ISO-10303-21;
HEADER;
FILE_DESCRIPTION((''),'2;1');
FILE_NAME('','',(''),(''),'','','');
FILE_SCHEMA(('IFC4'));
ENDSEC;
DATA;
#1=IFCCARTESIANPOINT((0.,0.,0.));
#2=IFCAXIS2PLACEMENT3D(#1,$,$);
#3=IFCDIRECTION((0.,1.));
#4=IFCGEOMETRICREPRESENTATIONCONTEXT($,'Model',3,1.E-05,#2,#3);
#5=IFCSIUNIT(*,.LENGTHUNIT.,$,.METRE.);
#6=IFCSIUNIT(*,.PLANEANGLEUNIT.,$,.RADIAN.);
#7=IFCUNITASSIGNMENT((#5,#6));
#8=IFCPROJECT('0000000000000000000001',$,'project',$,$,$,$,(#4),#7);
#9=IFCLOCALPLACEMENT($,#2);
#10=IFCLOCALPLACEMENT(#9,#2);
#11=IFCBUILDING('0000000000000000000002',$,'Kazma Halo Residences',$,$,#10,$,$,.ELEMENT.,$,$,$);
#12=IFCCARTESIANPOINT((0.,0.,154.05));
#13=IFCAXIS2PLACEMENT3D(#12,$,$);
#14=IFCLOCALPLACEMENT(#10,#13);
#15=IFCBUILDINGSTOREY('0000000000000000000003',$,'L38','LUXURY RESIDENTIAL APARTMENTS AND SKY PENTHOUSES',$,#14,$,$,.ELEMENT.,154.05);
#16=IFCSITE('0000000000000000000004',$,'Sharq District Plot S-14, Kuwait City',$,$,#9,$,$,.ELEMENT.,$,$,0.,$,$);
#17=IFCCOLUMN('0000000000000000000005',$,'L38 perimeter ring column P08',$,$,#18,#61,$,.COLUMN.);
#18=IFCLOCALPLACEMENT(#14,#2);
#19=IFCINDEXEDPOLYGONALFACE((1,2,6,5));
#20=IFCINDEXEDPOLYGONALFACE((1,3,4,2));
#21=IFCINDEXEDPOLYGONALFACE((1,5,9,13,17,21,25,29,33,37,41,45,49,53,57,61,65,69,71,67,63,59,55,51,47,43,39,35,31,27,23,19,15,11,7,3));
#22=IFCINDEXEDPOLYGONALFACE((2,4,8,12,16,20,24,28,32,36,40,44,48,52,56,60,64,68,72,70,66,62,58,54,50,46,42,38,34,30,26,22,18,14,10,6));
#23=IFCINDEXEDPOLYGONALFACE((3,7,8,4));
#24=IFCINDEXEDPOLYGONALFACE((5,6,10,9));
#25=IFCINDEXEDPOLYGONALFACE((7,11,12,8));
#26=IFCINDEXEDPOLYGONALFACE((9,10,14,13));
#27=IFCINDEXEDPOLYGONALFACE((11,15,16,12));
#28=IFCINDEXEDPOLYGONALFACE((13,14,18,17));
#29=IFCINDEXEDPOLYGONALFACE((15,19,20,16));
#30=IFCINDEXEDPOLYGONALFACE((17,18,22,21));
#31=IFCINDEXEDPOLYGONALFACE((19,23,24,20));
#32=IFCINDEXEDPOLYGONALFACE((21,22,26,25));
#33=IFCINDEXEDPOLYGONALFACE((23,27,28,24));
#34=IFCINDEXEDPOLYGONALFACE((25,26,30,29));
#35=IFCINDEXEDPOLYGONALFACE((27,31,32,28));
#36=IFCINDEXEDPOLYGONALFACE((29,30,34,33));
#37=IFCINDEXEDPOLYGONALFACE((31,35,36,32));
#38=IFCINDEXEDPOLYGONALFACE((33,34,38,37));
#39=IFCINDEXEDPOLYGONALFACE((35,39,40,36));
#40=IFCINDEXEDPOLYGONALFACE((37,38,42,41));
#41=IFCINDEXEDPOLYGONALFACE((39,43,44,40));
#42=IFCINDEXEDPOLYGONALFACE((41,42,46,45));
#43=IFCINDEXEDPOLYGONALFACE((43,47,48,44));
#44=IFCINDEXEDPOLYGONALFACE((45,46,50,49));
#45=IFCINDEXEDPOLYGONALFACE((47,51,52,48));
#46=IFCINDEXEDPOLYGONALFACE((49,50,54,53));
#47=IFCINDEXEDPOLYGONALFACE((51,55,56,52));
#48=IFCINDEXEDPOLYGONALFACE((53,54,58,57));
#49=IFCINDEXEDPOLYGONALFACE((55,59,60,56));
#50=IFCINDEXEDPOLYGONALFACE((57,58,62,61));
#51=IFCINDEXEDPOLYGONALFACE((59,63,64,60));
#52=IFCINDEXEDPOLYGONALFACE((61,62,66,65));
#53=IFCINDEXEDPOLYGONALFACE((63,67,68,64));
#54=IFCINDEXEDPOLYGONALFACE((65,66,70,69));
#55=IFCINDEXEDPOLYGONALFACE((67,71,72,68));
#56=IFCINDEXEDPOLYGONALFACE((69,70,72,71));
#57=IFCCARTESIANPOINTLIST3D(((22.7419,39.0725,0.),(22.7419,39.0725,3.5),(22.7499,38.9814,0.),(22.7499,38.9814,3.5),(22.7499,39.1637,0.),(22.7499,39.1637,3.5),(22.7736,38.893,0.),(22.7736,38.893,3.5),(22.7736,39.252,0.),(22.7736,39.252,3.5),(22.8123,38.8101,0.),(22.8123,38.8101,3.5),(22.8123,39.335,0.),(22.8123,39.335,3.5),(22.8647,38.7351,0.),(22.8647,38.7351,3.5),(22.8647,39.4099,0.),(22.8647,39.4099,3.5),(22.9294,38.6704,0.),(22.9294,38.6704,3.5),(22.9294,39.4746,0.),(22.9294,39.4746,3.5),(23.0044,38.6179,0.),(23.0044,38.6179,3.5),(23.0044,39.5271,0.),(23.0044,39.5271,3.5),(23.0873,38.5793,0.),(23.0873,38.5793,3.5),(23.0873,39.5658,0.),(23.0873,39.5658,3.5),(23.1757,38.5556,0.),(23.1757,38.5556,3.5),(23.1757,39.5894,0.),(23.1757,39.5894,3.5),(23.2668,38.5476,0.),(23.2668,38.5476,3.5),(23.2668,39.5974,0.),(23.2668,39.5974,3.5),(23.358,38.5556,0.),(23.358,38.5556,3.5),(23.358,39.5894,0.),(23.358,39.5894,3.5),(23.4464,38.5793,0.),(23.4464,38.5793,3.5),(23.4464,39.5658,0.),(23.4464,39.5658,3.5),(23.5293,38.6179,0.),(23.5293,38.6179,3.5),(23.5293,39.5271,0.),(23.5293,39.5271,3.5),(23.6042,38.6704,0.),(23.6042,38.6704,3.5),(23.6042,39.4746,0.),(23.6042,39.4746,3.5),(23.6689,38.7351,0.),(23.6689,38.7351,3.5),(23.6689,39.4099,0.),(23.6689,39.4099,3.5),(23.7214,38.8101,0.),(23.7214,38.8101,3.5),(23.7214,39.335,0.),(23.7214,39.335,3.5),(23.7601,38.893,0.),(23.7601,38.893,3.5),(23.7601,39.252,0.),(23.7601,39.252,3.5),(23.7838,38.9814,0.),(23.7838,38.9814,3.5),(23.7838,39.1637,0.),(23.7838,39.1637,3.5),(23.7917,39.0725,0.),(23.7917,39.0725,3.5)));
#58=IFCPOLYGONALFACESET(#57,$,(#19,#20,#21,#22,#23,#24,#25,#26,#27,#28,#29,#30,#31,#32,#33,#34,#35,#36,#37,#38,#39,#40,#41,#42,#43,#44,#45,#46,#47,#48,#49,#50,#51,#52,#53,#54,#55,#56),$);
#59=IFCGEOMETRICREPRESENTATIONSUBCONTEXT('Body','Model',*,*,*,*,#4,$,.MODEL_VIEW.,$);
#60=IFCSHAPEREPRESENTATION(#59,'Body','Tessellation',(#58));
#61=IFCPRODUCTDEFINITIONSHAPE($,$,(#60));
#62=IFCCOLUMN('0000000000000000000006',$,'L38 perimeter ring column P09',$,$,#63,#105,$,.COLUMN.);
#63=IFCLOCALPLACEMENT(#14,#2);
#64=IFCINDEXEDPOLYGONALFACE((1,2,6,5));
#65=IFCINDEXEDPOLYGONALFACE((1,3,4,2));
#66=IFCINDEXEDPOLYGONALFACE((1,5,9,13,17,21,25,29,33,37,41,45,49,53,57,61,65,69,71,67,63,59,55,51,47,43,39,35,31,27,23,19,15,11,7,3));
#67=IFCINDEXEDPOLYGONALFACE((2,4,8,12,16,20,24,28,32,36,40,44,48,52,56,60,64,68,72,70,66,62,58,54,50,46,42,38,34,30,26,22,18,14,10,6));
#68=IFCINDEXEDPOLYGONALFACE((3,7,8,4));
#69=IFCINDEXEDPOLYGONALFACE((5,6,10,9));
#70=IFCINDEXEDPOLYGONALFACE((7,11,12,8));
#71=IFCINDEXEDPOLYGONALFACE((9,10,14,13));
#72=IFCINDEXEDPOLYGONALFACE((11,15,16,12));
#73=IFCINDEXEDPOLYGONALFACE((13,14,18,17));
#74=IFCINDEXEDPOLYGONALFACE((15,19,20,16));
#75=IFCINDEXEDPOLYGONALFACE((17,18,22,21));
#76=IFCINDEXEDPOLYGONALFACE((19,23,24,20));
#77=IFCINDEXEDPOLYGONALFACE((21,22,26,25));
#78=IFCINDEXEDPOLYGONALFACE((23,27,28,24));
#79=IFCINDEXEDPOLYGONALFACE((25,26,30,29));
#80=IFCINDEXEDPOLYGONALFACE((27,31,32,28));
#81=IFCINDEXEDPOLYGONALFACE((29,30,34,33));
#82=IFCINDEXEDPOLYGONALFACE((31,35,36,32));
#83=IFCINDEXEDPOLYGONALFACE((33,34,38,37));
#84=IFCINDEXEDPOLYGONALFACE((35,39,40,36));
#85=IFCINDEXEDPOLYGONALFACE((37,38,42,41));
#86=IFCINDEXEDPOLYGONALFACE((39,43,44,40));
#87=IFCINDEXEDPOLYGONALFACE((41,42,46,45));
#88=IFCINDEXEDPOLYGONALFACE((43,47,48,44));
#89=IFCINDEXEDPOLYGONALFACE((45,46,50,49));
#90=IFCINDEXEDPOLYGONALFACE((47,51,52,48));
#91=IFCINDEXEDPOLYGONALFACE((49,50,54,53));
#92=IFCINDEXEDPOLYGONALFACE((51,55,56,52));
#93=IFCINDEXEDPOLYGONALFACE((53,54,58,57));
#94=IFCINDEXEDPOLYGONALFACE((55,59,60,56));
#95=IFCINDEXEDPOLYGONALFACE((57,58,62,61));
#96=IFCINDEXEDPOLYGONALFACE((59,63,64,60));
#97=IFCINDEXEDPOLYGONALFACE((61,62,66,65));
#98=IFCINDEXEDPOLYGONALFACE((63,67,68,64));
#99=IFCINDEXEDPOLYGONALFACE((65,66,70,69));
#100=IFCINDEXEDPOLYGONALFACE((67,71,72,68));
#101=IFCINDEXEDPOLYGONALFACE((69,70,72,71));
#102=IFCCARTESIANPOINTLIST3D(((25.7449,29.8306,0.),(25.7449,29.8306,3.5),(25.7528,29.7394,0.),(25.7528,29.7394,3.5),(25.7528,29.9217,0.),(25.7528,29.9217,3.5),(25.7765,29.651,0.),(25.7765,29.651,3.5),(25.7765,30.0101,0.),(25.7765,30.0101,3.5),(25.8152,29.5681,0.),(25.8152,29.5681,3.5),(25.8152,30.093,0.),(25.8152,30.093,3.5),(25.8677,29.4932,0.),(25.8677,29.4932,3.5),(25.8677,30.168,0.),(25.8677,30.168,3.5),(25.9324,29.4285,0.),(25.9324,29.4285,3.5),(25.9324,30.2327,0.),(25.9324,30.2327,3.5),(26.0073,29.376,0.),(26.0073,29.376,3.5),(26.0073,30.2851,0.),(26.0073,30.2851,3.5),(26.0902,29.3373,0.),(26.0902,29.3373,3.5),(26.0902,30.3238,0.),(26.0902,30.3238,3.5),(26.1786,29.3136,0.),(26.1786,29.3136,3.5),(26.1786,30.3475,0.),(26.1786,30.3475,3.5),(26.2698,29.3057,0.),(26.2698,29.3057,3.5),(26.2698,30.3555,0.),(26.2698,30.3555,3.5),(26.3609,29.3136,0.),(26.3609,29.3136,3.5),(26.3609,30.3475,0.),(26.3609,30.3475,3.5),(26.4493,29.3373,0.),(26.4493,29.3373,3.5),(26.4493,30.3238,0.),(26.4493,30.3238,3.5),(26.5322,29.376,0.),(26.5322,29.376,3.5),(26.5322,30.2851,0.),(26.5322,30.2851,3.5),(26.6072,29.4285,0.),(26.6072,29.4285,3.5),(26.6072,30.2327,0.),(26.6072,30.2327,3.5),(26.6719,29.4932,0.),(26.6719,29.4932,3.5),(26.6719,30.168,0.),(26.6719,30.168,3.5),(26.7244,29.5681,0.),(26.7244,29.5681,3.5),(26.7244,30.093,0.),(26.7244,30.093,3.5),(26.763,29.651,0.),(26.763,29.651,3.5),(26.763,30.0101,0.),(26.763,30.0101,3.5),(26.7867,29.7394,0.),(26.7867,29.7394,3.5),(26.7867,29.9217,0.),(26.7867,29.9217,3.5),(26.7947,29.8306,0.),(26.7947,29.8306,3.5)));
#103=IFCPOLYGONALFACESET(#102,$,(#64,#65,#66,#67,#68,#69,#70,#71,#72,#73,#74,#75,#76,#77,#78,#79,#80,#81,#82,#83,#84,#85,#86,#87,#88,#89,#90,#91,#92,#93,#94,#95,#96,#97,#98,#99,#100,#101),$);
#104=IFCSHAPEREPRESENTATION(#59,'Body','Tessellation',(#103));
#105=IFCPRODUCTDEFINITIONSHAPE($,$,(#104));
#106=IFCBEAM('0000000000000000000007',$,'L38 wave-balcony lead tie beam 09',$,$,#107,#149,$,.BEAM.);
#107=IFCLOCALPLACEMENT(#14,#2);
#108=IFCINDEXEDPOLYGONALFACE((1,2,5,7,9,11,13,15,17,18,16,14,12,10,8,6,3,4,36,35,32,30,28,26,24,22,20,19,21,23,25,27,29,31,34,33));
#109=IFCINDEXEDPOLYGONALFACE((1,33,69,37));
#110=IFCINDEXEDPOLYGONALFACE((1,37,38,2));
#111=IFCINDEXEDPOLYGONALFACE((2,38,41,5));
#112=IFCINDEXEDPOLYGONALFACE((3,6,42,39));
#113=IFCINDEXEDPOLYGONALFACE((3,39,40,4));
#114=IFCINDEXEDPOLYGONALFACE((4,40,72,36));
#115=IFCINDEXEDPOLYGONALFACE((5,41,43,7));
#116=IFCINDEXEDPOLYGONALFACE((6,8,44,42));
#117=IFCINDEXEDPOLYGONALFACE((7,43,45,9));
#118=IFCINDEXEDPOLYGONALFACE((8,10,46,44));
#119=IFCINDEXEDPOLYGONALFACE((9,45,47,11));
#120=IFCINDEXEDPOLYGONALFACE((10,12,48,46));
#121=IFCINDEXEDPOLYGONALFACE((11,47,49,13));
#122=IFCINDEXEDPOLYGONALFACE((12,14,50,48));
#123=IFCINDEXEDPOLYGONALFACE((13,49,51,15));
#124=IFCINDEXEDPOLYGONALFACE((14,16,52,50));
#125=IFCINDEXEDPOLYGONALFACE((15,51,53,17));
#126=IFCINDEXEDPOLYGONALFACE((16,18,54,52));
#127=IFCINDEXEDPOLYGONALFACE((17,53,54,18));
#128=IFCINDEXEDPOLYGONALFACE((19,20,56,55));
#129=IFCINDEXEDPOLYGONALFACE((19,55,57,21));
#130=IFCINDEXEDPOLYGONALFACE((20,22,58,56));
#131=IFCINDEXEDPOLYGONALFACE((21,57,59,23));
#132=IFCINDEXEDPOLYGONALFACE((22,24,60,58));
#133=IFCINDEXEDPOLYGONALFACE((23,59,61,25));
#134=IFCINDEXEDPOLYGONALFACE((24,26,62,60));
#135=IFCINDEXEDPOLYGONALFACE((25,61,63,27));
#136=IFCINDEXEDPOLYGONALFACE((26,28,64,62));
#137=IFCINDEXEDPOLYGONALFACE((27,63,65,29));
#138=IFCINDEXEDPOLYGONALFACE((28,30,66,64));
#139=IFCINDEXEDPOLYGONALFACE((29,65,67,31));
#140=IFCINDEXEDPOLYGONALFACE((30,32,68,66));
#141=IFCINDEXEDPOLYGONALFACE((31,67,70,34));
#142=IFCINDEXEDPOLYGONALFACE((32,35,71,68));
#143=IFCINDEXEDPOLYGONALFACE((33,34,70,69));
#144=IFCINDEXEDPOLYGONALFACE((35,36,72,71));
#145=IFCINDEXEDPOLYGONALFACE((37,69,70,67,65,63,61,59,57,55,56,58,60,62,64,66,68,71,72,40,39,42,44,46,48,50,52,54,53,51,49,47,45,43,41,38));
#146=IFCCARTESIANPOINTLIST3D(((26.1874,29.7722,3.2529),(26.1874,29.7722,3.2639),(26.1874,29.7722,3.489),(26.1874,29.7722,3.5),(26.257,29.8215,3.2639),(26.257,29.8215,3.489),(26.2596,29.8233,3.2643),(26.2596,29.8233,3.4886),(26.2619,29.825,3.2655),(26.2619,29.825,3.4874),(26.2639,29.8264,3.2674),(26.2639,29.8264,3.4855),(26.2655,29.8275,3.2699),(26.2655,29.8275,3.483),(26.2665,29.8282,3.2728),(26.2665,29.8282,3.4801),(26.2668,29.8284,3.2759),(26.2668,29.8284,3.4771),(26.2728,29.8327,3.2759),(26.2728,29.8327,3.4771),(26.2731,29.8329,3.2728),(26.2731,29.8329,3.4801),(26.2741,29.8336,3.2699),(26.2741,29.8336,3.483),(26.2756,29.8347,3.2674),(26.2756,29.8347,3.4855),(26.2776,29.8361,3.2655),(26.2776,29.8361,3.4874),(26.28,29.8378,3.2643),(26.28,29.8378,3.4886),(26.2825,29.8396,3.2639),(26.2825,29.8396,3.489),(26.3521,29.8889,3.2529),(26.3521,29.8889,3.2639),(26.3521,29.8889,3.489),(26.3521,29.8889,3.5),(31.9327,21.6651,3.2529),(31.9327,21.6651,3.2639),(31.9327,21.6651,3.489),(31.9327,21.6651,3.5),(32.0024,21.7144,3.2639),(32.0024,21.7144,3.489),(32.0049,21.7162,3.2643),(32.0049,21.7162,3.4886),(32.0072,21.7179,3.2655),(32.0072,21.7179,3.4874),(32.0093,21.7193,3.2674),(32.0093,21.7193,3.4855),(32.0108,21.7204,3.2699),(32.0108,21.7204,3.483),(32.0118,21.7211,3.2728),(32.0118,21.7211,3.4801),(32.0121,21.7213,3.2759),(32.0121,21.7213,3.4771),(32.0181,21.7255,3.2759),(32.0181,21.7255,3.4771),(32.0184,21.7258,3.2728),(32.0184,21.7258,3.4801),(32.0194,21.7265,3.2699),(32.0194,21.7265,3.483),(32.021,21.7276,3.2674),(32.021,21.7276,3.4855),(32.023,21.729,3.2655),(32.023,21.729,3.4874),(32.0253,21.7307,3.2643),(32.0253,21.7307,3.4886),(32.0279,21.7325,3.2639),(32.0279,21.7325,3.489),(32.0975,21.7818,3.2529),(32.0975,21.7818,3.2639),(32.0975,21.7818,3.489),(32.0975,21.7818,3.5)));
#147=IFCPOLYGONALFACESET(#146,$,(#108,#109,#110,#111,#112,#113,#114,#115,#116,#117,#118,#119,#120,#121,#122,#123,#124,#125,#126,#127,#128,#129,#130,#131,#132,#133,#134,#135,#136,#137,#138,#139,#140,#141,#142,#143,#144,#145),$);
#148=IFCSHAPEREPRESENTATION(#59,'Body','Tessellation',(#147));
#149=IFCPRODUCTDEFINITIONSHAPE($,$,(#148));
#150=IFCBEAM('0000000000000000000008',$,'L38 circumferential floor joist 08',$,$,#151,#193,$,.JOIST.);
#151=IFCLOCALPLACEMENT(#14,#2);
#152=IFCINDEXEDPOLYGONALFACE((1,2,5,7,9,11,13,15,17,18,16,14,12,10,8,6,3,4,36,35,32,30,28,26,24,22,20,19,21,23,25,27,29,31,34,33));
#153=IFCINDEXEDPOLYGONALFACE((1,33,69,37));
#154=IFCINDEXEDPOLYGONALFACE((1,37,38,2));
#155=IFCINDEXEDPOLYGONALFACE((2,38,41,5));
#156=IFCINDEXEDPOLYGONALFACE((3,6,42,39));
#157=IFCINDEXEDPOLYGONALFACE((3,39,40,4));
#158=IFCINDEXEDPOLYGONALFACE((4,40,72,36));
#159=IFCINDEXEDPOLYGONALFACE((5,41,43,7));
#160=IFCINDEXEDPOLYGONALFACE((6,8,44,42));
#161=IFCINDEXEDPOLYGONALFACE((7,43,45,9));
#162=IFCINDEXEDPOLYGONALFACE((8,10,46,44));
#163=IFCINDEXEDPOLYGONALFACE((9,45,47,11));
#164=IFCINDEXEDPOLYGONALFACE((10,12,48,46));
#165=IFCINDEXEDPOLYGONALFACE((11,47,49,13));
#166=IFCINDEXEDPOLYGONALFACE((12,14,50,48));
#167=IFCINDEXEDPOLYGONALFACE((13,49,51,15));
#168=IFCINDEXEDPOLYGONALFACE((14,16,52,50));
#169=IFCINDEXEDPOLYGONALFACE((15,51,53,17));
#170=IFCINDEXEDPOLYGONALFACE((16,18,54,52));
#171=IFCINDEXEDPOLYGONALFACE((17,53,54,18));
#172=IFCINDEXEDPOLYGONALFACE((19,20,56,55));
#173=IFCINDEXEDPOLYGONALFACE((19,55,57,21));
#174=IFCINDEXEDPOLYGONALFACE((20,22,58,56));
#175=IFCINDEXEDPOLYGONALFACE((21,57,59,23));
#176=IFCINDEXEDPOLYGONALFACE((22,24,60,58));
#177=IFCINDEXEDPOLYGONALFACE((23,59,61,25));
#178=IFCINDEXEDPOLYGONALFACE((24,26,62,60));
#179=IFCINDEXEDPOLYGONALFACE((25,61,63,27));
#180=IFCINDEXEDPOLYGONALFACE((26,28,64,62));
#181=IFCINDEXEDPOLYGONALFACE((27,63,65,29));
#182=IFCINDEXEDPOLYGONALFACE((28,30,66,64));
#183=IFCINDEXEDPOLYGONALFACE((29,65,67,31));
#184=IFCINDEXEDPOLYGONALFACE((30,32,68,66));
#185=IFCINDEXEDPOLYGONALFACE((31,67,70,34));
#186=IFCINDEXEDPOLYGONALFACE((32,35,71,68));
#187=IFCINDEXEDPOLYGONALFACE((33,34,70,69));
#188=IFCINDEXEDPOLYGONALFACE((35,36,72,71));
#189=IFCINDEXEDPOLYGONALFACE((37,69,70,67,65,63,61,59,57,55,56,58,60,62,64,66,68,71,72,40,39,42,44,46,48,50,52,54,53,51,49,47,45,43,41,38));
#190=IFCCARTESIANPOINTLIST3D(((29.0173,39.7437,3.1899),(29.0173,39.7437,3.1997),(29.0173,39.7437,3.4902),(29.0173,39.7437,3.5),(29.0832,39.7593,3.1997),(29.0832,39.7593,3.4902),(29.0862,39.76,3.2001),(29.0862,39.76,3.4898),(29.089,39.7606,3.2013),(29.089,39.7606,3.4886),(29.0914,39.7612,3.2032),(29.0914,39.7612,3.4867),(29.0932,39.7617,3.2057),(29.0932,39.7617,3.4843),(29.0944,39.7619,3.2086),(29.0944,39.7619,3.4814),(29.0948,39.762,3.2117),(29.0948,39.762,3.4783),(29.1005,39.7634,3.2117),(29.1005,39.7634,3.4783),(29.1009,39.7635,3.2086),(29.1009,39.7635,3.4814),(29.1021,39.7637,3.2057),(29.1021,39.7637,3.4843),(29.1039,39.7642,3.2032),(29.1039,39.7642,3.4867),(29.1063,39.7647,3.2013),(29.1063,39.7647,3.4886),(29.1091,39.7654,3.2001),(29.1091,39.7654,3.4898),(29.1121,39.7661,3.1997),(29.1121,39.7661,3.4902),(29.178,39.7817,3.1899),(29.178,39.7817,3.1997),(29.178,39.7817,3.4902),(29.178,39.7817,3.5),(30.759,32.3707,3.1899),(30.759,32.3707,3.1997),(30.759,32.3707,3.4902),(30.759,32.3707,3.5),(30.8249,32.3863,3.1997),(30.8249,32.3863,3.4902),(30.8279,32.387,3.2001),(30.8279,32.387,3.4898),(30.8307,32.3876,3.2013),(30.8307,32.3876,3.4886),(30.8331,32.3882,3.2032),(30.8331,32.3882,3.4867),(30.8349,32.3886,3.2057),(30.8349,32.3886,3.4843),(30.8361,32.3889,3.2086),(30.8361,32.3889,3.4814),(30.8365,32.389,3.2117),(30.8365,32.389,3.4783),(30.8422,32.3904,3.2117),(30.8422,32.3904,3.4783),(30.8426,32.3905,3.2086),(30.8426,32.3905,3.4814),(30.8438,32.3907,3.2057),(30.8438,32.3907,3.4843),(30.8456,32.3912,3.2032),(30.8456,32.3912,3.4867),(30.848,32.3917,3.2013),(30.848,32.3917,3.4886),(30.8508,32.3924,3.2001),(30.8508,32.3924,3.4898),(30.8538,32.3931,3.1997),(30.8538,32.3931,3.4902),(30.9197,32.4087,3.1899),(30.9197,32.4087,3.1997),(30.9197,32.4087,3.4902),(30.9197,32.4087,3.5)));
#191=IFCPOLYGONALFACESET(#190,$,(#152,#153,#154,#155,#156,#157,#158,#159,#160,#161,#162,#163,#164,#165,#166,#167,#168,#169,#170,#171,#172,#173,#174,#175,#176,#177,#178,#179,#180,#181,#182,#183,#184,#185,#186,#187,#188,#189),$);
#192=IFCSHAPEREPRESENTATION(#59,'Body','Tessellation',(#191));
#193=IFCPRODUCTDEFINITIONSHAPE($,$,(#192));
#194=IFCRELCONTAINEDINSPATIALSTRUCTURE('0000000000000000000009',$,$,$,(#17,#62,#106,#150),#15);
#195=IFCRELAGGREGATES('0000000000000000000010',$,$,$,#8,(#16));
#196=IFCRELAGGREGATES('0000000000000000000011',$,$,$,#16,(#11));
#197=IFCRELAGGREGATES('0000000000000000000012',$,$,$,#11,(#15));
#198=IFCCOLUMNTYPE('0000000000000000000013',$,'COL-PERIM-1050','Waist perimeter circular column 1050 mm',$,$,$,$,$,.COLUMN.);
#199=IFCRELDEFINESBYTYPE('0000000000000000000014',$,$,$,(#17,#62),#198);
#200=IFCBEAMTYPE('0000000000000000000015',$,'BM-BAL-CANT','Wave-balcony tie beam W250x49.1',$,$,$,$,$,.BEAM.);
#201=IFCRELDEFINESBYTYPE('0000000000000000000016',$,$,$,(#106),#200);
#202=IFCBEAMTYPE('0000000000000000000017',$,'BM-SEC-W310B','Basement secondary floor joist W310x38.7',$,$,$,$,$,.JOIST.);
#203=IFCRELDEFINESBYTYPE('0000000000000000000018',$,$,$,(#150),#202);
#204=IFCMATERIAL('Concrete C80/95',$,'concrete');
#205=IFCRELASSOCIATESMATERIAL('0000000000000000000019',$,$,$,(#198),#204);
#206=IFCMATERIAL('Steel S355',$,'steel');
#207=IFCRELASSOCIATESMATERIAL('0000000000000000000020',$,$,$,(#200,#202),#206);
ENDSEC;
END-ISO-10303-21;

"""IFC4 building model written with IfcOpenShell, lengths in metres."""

from ifc_helpers import new_model, si_unit, direction, frame, origin, origin_2d, place, context, subcontext, project, spatial, circle, i_section, extrude, material, material_profile, profile_set, type_object, element, save


model = new_model("IFC4")

# Units and contexts
model_context = context("Model", 3, precision=1e-05, world=origin(), true_north=direction((0.0, 1.0)))
body_context = subcontext(model_context, "Body", "Model", "MODEL_VIEW")
ifc_project = project(units=[si_unit("LENGTHUNIT", "METRE"), si_unit("PLANEANGLEUNIT", "RADIAN")], contexts=[model_context])

# Site, building, storey
site_placement = place(None, origin())
site = spatial("IfcSite", under=ifc_project, at=site_placement, Name="Sharq District Plot S-14, Kuwait City", CompositionType="ELEMENT", RefElevation=0.0)
building_placement = place(site_placement, origin())
building = spatial("IfcBuilding", under=site, at=building_placement, Name="Kazma Halo Residences", CompositionType="ELEMENT")
storey_placement = place(building_placement, frame((0.0, 0.0, 154.05)))
storey = spatial("IfcBuildingStorey", under=building, at=storey_placement, Name="L38", Description="LUXURY RESIDENTIAL APARTMENTS AND SKY PENTHOUSES", CompositionType="ELEMENT", Elevation=154.05)

# Columns
ifc_material_1 = material(Name="Concrete C80/95", Category="concrete")
ifc_material_profile_1 = material_profile(ifc_material_1, circle(Radius=0.5249, at=origin_2d()), Name="CIRC1050")
ifc_profile_set_1 = profile_set([ifc_material_profile_1], Name="Concrete C80/95")
column_type = type_object("IfcColumnType", Name="COL-PERIM-1050", Description="Waist perimeter circular column 1050 mm", PredefinedType="COLUMN", material=ifc_profile_set_1)
for number, where, z_axis, x_axis, name in (
    (1, (23.2668, 39.0725, 0.0), (0.0, 0.0, 1.0), (1.0, 0.0, 0.0), "L38 perimeter ring column P08"),
    (2, (26.2698, 29.8306, 0.0), (0.0, 0.0, 1.0), (1.0, 0.0, 0.0), "L38 perimeter ring column P09"),
):
    element("IfcColumn", number, at=place(storey_placement, frame(where, z_axis=z_axis, x_axis=x_axis)), inside=storey, type_object=column_type, Name=name, PredefinedType="COLUMN", context=body_context, shape_type="SweptSolid", body=[
        extrude(circle(Radius=0.5249, at=origin_2d()), origin(), (0.0, 0.0, 1.0), 3.5),
    ])

# Beams
ifc_material_2 = material(Name="Steel S355", Category="steel")
ifc_material_profile_2 = material_profile(ifc_material_2, i_section(OverallWidth=0.2019, OverallDepth=0.2471, WebThickness=0.0073, FlangeThickness=0.011, FilletRadius=0.012, at=origin_2d()), Name="W250x49.1")
ifc_profile_set_2 = profile_set([ifc_material_profile_2], Name="Steel S355")
beam_type_1 = type_object("IfcBeamType", Name="BM-BAL-CANT", Description="Wave-balcony tie beam W250x49.1", PredefinedType="BEAM", material=ifc_profile_set_2)
beam_1_placement = place(storey_placement, frame((26.2698, 29.8306, 3.3765), z_axis=(0.578203, -0.815893, 0.0), x_axis=(0.815893, 0.578203, 0.0)))
element("IfcBeam", 3, at=beam_1_placement, inside=storey, type_object=beam_type_1, Name="L38 wave-balcony lead tie beam 09", PredefinedType="BEAM", context=body_context, shape_type="SweptSolid", body=[
    extrude(i_section(OverallWidth=0.2019, OverallDepth=0.2471, WebThickness=0.0073, FlangeThickness=0.011, FilletRadius=0.012, at=origin_2d()), origin(), (0.0, 0.0, 1.0), 9.9365),
])
ifc_material_profile_3 = material_profile(ifc_material_2, i_section(OverallWidth=0.165, OverallDepth=0.3101, WebThickness=0.0059, FlangeThickness=0.0098, FilletRadius=0.012, at=origin_2d()), Name="W310x38.7")
ifc_profile_set_3 = profile_set([ifc_material_profile_3], Name="Steel S355")
beam_type_2 = type_object("IfcBeamType", Name="BM-SEC-W310B", Description="Basement secondary floor joist W310x38.7", PredefinedType="JOIST", material=ifc_profile_set_3)
beam_2_placement = place(storey_placement, frame((29.0977, 39.7627, 3.345), z_axis=(0.229898, -0.973215, 0.0), x_axis=(0.973215, 0.229898, 0.0)))
element("IfcBeam", 4, at=beam_2_placement, inside=storey, type_object=beam_type_2, Name="L38 circumferential floor joist 08", PredefinedType="JOIST", context=body_context, shape_type="SweptSolid", body=[
    extrude(i_section(OverallWidth=0.165, OverallDepth=0.3101, WebThickness=0.0059, FlangeThickness=0.0098, FilletRadius=0.012, at=origin_2d()), origin(), (0.0, 0.0, 1.0), 7.5759),
])

save(model, "model.ifc")
